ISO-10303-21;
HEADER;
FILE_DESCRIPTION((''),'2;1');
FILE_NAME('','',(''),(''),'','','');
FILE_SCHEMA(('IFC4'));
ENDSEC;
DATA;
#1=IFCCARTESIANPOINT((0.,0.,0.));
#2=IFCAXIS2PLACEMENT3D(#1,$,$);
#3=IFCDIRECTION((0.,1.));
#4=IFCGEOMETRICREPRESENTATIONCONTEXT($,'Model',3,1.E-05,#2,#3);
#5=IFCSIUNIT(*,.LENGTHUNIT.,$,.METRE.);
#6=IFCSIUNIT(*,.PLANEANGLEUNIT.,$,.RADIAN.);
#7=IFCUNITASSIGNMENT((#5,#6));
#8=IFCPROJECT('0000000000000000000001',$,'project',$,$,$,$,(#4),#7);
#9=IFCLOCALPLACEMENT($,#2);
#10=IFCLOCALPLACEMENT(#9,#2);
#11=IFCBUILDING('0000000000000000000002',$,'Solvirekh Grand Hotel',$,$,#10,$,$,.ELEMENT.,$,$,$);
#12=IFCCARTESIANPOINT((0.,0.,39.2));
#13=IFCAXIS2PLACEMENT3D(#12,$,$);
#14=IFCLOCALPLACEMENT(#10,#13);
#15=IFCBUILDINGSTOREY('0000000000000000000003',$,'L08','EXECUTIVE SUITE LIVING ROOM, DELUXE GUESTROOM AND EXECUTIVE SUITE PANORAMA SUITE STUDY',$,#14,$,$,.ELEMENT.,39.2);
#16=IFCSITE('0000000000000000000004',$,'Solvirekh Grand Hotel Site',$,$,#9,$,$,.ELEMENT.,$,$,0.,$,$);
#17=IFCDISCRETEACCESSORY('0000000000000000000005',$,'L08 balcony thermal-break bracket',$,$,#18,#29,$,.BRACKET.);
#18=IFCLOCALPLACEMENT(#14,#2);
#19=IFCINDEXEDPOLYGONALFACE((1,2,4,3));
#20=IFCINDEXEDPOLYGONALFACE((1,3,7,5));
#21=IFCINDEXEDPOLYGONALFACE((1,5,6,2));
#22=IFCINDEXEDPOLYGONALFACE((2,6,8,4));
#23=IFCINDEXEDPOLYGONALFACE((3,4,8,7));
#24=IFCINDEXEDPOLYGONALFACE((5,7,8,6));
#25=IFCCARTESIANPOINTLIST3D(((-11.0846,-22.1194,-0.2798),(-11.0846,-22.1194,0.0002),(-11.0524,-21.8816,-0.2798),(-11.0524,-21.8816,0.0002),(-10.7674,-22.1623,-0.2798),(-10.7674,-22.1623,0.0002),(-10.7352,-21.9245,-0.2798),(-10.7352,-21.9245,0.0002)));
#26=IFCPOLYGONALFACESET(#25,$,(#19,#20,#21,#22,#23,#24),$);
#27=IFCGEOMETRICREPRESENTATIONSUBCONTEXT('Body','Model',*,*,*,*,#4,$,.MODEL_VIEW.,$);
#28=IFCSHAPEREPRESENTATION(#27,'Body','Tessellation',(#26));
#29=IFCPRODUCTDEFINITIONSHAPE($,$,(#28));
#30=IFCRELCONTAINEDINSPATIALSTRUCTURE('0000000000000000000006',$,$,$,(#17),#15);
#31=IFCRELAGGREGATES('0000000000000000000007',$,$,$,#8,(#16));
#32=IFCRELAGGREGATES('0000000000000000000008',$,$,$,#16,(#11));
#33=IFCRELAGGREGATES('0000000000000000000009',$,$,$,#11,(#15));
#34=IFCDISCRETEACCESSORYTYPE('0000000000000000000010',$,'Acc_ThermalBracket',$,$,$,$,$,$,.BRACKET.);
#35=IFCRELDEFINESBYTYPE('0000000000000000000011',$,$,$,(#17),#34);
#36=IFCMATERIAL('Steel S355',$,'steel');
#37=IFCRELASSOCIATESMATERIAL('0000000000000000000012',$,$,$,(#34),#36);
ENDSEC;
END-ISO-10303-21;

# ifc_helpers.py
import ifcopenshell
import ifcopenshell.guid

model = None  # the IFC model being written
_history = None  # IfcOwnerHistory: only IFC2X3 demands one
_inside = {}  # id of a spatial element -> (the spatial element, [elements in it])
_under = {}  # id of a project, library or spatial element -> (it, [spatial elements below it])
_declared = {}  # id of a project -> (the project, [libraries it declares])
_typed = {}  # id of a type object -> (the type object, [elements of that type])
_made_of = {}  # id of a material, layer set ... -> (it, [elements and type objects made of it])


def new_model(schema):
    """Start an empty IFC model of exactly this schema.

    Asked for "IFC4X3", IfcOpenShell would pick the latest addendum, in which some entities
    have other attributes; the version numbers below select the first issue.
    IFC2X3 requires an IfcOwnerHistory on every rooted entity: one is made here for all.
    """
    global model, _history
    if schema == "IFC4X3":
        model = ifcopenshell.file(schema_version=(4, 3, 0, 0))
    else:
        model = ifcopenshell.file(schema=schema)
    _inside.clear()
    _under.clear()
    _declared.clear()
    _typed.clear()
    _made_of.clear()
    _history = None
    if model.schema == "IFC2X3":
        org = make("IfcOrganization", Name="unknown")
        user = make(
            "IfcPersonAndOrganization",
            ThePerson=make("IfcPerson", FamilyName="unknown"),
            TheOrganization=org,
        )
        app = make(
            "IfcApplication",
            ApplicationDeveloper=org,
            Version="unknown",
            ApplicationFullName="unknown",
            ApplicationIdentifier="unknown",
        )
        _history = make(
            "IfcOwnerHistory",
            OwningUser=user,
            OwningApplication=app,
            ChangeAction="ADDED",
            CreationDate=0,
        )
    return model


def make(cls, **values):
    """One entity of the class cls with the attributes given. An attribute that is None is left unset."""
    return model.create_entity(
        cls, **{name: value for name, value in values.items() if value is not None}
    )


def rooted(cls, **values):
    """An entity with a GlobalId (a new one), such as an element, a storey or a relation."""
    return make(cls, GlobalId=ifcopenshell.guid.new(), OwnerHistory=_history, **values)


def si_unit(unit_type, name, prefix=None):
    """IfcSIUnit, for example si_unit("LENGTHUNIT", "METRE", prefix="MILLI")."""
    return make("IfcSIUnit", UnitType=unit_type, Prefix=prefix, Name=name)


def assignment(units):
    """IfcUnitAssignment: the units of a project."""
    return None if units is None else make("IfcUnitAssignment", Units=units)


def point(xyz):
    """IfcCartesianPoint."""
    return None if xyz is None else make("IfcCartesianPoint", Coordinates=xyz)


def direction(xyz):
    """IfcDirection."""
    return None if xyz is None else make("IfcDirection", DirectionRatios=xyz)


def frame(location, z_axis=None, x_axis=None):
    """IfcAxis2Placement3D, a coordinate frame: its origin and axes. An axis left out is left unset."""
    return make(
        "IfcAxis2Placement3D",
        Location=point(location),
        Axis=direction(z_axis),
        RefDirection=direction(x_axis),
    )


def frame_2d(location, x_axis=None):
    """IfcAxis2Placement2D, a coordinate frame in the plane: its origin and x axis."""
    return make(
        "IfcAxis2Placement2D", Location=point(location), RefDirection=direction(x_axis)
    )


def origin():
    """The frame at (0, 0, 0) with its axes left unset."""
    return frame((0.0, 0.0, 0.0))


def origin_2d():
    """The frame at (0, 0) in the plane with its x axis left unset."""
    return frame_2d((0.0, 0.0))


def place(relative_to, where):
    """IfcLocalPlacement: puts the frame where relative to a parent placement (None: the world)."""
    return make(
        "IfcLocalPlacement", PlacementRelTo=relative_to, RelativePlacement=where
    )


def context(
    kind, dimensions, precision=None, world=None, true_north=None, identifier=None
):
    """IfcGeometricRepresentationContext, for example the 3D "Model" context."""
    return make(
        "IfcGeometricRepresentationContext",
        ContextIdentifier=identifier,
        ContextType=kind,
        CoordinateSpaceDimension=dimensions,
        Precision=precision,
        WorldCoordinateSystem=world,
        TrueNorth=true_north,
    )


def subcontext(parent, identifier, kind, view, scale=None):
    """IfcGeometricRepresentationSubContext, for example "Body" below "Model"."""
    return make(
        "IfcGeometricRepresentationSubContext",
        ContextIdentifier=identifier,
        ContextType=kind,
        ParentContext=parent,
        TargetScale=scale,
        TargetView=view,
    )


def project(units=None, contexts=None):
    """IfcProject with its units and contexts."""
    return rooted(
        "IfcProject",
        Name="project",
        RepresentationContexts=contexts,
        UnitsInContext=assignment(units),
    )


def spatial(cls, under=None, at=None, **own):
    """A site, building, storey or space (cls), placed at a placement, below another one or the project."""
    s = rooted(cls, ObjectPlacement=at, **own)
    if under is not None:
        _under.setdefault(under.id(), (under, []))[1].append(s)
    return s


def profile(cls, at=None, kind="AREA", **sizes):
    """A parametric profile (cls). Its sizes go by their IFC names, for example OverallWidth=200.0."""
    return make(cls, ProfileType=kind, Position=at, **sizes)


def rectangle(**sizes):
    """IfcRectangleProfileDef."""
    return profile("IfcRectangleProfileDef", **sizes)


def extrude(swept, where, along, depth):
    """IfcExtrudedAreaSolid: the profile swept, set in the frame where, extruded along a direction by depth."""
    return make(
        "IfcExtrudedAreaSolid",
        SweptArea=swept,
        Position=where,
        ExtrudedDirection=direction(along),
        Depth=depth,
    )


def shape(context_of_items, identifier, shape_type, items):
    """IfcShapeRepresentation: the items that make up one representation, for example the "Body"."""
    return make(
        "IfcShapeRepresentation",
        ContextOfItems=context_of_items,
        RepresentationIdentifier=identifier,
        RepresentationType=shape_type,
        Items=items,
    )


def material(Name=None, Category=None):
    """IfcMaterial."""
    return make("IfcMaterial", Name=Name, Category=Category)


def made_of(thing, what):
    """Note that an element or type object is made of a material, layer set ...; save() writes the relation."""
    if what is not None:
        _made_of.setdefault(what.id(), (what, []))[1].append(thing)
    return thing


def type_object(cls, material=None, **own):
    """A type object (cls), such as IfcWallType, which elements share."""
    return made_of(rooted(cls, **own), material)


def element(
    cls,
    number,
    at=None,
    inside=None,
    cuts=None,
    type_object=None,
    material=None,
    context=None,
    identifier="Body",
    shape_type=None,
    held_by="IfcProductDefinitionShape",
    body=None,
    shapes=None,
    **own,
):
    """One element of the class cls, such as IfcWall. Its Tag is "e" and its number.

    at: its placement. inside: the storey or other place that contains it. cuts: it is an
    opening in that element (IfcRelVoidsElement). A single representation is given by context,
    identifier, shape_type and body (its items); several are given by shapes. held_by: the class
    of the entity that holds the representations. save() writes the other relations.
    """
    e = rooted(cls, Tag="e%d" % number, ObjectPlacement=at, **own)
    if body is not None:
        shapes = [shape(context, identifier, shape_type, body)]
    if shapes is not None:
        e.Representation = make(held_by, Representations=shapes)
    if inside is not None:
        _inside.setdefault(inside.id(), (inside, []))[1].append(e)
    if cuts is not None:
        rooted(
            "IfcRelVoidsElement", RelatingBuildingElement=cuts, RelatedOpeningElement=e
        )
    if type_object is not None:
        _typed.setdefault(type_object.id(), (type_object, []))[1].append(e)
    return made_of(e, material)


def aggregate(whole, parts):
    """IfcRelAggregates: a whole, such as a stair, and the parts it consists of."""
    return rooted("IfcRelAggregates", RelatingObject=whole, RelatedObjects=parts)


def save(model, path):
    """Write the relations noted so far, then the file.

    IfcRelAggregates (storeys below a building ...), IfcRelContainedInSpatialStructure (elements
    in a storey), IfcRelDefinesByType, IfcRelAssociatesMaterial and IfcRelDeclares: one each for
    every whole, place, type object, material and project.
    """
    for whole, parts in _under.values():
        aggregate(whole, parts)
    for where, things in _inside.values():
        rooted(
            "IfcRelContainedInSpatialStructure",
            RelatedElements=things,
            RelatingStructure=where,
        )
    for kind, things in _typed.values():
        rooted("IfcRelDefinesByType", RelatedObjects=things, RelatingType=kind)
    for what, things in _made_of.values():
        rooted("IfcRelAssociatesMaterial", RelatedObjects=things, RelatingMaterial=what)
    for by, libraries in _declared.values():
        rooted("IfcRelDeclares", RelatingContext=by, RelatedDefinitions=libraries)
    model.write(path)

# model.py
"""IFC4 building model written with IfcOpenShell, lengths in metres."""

from ifc_helpers import new_model, si_unit, direction, frame, origin, origin_2d, place, context, subcontext, project, spatial, rectangle, extrude, material, type_object, element, save


model = new_model("IFC4")

# Units and contexts
model_context = context("Model", 3, precision=1e-05, world=origin(), true_north=direction((0.0, 1.0)))
body_context = subcontext(model_context, "Body", "Model", "MODEL_VIEW")
ifc_project = project(units=[si_unit("LENGTHUNIT", "METRE"), si_unit("PLANEANGLEUNIT", "RADIAN")], contexts=[model_context])

# Site, building, storey
site_placement = place(None, origin())
site = spatial("IfcSite", under=ifc_project, at=site_placement, Name="Solvirekh Grand Hotel Site", CompositionType="ELEMENT", RefElevation=0.0)
building_placement = place(site_placement, origin())
building = spatial("IfcBuilding", under=site, at=building_placement, Name="Solvirekh Grand Hotel", CompositionType="ELEMENT")
storey_placement = place(building_placement, frame((0.0, 0.0, 39.2)))
storey = spatial("IfcBuildingStorey", under=building, at=storey_placement, Name="L08", Description="EXECUTIVE SUITE LIVING ROOM, DELUXE GUESTROOM AND EXECUTIVE SUITE PANORAMA SUITE STUDY", CompositionType="ELEMENT", Elevation=39.2)

# Discrete accessory
ifc_material_1 = material(Name="Steel S355", Category="steel")
discrete_accessory_type = type_object("IfcDiscreteAccessoryType", Name="Acc_ThermalBracket", PredefinedType="BRACKET", material=ifc_material_1)
discrete_accessory_placement = place(storey_placement, frame((-10.9099, -22.022, -0.2798), z_axis=(0.0, 0.0, 1.0), x_axis=(0.990983, -0.133986, 0.0)))
element("IfcDiscreteAccessory", 1, at=discrete_accessory_placement, inside=storey, type_object=discrete_accessory_type, Name="L08 balcony thermal-break bracket", PredefinedType="BRACKET", context=body_context, shape_type="SweptSolid", body=[
    extrude(rectangle(XDim=0.3201, YDim=0.24, at=origin_2d()), origin(), (0.0, 0.0, 1.0), 0.28),
])

save(model, "model.ifc")
